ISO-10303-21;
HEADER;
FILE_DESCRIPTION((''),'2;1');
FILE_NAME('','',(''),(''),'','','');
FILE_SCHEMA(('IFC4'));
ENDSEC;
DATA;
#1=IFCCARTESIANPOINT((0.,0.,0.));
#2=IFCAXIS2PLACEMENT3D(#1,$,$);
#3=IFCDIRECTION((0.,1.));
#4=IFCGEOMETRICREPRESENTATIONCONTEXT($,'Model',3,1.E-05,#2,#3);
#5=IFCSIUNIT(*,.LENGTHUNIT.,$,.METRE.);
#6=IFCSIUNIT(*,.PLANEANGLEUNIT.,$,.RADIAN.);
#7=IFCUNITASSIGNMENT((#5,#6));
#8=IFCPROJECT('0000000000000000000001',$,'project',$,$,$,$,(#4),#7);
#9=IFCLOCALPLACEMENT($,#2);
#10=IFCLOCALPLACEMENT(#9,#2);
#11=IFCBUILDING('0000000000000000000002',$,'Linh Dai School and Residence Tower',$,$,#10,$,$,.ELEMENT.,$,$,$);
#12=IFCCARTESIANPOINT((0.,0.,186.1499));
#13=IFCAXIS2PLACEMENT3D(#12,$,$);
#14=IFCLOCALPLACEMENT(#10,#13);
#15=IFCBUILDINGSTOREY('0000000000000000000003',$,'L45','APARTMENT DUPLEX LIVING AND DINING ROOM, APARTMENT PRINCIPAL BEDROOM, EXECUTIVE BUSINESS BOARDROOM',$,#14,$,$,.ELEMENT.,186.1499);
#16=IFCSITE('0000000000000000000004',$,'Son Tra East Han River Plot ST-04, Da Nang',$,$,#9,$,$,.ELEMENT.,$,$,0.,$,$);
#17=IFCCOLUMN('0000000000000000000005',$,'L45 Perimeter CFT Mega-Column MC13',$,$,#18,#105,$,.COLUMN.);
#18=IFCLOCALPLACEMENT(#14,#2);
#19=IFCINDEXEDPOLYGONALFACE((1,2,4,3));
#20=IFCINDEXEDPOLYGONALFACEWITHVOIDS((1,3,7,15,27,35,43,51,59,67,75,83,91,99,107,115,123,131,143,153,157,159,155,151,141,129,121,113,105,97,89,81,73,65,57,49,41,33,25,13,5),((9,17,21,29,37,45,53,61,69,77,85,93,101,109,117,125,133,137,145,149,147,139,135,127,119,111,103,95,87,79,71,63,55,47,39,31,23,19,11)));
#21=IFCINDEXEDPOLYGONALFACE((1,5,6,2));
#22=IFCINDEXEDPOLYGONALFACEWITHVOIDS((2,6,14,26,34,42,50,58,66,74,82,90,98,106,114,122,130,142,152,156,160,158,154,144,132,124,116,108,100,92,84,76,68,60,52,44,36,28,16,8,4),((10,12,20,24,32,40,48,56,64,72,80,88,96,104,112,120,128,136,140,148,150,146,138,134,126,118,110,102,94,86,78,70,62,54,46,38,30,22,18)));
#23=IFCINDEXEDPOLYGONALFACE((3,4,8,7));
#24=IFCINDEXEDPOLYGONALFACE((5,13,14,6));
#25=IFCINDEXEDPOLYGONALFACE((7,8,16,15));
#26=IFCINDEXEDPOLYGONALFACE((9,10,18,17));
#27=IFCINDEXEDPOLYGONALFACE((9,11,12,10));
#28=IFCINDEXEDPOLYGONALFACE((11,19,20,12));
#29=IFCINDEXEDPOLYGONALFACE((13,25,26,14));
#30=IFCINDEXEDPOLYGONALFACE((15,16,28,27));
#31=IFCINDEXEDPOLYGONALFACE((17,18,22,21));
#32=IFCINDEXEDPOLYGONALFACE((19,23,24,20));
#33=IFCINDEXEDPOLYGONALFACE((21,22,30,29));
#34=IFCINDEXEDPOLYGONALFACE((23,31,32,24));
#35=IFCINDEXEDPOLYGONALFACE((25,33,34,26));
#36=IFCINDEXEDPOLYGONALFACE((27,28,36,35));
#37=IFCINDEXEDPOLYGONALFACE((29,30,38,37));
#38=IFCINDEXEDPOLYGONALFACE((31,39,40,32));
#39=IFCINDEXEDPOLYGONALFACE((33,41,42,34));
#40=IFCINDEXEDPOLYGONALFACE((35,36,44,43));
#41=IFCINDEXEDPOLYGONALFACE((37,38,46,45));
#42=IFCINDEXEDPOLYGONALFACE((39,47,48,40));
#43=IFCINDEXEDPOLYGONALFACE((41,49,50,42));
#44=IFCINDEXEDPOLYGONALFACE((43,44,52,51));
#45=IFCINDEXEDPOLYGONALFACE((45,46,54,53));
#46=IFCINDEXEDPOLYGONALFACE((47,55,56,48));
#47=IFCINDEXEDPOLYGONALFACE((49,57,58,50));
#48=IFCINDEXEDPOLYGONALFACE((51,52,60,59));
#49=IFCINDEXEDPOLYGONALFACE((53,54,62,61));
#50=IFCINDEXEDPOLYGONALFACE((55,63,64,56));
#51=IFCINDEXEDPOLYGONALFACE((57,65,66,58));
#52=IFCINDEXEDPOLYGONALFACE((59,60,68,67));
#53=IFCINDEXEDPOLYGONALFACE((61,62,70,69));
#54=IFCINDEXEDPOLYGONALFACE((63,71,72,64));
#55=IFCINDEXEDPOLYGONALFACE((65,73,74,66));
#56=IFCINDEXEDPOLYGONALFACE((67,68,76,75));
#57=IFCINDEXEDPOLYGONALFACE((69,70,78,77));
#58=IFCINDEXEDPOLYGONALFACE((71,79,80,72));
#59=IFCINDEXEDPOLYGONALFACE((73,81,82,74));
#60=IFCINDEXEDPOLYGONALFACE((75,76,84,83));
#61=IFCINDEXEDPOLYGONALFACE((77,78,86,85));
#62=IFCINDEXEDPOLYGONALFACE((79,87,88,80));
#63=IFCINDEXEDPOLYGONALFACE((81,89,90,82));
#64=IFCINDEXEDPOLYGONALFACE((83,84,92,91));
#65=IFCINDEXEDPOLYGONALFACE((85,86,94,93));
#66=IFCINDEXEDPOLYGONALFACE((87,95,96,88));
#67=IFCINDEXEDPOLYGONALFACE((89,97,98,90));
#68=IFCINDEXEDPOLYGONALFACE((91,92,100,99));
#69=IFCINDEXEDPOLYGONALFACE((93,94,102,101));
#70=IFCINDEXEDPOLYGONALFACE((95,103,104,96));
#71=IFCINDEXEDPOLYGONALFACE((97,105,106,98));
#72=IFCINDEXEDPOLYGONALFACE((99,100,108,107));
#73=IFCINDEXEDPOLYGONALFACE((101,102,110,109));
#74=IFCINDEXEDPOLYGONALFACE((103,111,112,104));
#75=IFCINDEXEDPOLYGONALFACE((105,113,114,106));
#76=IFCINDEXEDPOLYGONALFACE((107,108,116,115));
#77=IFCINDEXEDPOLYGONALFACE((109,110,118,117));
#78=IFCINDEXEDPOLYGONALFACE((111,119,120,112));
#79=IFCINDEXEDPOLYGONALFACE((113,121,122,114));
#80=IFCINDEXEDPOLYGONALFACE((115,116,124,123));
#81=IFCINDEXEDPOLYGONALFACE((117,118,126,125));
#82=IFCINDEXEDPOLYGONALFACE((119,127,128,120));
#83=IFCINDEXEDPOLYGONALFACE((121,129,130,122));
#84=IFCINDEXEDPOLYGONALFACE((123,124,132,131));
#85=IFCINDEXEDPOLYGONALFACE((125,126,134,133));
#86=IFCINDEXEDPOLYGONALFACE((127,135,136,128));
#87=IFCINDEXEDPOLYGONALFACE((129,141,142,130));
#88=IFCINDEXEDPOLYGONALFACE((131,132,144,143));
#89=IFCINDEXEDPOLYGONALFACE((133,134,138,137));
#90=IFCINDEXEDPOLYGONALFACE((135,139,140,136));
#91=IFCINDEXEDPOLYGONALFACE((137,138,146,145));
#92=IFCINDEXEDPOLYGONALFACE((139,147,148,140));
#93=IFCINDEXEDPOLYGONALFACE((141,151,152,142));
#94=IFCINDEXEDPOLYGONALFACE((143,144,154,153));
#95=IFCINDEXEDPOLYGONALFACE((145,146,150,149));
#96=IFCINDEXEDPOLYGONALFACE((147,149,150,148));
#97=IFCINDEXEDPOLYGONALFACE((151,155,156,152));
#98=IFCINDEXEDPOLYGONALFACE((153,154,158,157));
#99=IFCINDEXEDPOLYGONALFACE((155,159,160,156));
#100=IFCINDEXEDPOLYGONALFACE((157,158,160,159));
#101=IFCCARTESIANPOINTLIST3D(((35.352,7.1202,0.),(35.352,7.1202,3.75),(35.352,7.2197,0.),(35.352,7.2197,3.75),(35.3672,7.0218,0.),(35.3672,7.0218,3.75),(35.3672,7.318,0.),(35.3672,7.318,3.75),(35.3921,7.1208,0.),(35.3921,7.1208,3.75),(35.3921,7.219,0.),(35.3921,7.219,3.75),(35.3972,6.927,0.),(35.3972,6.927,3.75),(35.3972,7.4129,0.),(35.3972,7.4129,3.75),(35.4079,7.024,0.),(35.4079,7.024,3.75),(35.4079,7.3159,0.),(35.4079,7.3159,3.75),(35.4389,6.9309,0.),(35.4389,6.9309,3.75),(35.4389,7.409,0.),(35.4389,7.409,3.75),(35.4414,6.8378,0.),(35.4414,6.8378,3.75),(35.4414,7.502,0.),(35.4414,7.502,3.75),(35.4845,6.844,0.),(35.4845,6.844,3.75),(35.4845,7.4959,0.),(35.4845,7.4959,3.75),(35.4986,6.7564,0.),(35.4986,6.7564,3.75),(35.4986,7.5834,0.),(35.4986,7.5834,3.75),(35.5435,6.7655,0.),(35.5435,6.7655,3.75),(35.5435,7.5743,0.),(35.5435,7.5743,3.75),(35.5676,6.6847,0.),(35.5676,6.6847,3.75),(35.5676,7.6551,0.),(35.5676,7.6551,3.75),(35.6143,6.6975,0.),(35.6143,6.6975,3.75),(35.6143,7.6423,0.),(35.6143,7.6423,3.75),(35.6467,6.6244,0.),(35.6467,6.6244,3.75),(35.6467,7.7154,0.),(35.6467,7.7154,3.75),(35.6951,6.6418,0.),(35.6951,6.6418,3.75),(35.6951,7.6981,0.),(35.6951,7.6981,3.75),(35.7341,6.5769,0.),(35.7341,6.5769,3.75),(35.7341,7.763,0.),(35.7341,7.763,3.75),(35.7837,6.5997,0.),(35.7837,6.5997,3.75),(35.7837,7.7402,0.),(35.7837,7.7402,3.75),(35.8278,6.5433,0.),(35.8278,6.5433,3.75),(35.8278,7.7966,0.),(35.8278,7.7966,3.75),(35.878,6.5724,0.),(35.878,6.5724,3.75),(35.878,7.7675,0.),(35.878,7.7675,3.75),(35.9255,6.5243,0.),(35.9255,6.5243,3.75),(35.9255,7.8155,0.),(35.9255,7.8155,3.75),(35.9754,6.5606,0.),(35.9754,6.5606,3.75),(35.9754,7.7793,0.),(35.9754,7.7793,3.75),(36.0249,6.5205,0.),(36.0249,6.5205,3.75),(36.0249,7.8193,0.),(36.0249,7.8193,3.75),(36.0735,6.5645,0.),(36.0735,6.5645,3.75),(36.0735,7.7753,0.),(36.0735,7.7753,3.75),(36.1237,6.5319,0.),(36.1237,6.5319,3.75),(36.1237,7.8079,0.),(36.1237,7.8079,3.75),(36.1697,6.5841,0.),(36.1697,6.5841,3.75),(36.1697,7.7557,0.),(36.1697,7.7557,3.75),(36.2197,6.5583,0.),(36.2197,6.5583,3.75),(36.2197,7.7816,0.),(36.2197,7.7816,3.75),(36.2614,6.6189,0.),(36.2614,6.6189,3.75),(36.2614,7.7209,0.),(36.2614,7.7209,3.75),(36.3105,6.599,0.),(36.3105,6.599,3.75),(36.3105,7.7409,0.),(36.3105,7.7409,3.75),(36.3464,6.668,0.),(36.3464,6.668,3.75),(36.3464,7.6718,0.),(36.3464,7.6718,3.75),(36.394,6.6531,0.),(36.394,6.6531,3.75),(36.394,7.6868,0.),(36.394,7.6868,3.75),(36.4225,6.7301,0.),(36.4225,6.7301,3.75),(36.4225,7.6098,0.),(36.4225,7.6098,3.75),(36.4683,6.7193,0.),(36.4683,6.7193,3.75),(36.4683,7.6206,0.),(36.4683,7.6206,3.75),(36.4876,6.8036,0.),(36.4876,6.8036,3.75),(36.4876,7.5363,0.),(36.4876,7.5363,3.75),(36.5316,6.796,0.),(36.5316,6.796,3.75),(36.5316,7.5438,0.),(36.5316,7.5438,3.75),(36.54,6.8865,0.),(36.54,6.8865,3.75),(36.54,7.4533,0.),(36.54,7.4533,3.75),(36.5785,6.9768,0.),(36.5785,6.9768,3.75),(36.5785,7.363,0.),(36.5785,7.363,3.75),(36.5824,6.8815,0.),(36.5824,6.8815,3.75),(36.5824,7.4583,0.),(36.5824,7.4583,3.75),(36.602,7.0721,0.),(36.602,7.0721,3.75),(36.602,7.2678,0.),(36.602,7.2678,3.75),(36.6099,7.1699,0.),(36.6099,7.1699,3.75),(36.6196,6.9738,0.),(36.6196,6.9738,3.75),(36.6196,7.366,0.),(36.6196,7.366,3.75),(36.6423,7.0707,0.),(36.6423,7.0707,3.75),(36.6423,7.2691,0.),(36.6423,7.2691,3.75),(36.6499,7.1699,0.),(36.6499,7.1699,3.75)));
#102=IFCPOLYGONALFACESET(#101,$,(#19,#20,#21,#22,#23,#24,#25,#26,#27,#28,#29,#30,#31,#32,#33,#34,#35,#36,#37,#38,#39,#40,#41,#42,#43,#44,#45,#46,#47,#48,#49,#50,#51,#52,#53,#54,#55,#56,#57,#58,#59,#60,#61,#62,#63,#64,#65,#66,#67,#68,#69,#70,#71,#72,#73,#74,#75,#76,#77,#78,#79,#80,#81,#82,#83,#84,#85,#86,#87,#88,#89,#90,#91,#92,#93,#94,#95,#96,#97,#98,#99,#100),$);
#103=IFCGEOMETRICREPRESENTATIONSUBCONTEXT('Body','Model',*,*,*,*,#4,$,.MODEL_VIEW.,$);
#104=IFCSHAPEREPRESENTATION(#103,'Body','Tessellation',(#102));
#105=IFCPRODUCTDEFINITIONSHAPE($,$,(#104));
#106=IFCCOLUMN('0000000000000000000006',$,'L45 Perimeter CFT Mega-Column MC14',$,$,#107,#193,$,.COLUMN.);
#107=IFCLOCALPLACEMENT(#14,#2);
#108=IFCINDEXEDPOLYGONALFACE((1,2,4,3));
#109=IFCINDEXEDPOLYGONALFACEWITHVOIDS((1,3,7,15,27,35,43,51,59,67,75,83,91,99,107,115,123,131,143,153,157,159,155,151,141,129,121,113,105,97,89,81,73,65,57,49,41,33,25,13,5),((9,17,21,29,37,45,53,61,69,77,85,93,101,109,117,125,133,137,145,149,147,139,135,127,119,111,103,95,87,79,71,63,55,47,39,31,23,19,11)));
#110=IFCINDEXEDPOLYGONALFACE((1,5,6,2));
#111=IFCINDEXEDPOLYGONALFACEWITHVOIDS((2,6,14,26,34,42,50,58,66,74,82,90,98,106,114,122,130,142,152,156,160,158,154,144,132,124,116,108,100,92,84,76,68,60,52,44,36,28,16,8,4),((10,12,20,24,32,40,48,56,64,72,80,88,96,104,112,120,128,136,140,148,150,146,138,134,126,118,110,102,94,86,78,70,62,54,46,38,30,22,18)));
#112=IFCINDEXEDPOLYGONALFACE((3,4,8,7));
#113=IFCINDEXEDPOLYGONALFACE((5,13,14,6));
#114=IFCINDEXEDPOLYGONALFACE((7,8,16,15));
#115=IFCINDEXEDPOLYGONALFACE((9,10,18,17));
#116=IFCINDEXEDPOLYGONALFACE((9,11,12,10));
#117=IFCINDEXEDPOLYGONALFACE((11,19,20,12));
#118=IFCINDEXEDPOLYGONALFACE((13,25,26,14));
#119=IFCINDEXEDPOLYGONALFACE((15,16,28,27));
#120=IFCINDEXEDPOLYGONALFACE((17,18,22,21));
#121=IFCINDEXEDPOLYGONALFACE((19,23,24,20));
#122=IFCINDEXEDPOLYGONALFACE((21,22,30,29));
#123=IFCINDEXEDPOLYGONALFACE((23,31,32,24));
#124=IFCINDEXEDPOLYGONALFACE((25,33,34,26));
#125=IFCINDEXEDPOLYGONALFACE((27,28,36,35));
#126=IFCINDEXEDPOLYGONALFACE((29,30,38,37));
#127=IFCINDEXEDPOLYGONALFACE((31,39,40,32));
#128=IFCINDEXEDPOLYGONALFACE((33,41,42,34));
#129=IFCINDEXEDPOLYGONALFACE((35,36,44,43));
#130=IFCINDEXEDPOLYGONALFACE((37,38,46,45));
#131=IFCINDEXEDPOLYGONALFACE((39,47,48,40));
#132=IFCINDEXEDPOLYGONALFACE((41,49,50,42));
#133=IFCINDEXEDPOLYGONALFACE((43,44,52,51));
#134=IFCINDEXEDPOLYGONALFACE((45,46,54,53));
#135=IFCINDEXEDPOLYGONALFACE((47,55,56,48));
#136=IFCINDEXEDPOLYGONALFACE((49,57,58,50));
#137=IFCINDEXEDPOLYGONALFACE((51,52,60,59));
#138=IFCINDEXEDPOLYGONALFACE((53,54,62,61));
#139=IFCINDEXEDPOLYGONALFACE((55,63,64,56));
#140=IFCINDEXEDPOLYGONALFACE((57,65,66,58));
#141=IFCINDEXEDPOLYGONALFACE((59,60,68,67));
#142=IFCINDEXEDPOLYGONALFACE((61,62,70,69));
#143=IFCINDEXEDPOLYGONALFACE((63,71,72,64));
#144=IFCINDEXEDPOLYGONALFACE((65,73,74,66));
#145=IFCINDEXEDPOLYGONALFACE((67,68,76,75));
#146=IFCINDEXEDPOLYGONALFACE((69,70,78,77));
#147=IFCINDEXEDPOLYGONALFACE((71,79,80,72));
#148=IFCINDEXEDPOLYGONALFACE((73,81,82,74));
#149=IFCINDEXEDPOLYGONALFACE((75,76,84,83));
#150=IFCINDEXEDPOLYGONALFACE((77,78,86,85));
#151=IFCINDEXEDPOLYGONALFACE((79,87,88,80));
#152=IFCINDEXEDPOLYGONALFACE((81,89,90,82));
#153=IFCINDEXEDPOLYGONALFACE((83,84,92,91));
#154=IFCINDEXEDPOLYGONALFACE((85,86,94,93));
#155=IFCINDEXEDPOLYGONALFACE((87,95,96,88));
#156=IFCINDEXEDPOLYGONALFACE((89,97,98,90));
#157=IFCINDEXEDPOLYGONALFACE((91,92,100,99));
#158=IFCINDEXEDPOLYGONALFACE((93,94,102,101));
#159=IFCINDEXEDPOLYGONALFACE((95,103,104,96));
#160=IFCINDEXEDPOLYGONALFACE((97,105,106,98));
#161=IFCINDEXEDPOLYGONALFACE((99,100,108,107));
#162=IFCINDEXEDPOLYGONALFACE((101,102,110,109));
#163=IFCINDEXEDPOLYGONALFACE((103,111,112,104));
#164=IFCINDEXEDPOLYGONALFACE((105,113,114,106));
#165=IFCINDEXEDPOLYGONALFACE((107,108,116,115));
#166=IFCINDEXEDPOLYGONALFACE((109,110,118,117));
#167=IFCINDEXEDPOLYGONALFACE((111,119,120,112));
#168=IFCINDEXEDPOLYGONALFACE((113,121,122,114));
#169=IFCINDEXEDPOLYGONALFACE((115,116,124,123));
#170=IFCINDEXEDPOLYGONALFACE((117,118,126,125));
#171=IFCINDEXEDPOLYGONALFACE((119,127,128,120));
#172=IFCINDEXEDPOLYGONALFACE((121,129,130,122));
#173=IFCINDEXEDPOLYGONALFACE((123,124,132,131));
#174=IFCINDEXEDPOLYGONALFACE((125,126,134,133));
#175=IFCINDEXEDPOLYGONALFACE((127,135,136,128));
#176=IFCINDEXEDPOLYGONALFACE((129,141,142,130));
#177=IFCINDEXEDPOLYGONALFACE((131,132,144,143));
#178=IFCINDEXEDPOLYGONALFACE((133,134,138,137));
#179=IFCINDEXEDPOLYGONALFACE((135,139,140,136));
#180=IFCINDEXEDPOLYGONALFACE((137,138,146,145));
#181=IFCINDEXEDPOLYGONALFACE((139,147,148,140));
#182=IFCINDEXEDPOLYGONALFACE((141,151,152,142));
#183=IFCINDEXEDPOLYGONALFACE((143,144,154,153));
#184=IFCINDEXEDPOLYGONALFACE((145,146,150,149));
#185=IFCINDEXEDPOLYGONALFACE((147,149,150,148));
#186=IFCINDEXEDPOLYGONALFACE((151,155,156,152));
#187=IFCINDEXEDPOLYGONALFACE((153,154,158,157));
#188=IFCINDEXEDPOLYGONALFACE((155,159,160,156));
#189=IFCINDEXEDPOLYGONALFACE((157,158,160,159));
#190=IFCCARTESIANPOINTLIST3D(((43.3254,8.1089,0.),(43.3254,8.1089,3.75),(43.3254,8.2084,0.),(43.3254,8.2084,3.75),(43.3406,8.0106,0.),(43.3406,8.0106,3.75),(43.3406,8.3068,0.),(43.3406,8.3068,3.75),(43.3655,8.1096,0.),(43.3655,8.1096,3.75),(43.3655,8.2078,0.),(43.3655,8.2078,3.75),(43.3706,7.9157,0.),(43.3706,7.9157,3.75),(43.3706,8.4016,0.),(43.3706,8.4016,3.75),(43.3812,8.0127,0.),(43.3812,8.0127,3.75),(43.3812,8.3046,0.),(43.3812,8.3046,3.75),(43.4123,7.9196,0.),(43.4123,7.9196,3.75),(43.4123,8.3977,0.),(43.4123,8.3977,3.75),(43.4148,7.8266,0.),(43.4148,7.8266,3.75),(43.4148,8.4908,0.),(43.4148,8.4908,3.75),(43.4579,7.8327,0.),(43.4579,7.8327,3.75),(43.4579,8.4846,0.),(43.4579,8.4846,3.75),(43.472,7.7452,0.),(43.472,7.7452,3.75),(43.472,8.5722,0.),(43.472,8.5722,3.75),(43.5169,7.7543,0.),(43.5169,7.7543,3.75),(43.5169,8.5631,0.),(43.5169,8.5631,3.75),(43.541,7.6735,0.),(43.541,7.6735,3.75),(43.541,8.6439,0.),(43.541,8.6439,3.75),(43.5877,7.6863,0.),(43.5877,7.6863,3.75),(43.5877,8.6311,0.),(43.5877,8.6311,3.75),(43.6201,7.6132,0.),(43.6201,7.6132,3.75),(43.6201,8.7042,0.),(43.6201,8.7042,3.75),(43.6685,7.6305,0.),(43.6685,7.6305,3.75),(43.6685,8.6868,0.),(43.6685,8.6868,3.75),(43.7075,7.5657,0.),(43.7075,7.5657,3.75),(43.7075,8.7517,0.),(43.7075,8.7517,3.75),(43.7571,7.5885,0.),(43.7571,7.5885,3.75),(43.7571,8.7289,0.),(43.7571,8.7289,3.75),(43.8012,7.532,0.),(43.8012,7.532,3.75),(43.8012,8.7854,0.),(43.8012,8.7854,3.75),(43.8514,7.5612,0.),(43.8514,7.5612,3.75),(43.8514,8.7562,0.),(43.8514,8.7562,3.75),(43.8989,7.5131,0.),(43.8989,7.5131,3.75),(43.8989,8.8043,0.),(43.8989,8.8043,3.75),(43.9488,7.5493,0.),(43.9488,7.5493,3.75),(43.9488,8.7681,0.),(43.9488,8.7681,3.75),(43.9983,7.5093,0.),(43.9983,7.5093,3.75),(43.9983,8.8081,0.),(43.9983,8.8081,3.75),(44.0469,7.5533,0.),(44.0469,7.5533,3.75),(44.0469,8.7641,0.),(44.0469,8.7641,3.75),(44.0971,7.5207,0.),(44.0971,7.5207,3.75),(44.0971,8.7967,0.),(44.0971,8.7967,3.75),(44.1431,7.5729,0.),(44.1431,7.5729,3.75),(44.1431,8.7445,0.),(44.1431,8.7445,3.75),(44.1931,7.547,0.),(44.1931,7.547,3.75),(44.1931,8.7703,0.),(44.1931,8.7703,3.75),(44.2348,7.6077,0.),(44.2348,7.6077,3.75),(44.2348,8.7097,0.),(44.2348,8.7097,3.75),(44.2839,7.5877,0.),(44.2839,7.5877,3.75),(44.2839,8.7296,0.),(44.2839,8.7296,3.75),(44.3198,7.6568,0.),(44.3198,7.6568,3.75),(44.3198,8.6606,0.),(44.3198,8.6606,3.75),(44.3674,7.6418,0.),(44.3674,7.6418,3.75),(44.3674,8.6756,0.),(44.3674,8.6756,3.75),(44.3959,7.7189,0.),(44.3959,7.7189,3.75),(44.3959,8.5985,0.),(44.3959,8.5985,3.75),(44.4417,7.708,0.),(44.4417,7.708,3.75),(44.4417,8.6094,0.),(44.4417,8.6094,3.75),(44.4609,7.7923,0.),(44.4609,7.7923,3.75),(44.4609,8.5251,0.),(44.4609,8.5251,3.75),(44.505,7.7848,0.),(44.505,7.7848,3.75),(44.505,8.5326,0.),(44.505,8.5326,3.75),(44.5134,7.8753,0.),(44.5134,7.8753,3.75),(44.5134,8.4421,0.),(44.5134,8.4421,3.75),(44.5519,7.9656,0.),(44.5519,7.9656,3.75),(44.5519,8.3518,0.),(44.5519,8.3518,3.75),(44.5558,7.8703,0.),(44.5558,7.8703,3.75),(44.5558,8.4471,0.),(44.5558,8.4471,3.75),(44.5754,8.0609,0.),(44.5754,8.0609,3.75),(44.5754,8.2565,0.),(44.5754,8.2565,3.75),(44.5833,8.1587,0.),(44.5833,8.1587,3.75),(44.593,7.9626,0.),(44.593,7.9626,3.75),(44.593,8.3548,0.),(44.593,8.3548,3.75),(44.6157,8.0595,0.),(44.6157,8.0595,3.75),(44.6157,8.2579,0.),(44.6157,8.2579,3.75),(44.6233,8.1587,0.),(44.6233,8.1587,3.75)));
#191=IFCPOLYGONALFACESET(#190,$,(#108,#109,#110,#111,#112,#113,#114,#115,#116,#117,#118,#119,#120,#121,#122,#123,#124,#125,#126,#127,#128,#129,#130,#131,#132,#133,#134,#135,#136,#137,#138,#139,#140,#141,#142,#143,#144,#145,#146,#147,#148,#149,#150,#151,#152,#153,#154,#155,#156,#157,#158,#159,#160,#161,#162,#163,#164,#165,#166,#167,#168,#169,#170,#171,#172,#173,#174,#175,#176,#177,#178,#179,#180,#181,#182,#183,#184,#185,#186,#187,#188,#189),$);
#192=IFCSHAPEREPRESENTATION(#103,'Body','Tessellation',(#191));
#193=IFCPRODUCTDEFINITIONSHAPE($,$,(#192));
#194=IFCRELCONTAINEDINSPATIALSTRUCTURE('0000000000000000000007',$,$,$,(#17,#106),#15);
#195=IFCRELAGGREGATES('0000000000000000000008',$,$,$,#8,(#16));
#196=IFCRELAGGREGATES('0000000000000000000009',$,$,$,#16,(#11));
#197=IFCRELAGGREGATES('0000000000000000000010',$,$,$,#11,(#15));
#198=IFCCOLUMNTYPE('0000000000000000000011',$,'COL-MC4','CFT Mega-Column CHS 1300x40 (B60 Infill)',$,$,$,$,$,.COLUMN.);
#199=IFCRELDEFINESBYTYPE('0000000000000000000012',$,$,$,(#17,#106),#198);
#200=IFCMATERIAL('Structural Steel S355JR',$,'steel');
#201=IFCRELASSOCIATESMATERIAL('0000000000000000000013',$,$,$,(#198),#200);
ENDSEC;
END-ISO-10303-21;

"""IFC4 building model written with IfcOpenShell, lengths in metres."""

from ifc_helpers import new_model, si_unit, direction, frame, origin, origin_2d, place, context, subcontext, project, spatial, hollow_circle, extrude, material, material_profile, profile_set, type_object, element, save


model = new_model("IFC4")

# Units and contexts
model_context = context("Model", 3, precision=1e-05, world=origin(), true_north=direction((0.0, 1.0)))
body_context = subcontext(model_context, "Body", "Model", "MODEL_VIEW")
ifc_project = project(units=[si_unit("LENGTHUNIT", "METRE"), si_unit("PLANEANGLEUNIT", "RADIAN")], contexts=[model_context])

# Site, building, storey
site_placement = place(None, origin())
site = spatial("IfcSite", under=ifc_project, at=site_placement, Name="Son Tra East Han River Plot ST-04, Da Nang", CompositionType="ELEMENT", RefElevation=0.0)
building_placement = place(site_placement, origin())
building = spatial("IfcBuilding", under=site, at=building_placement, Name="Linh Dai School and Residence Tower", CompositionType="ELEMENT")
storey_placement = place(building_placement, frame((0.0, 0.0, 186.1499)))
storey = spatial("IfcBuildingStorey", under=building, at=storey_placement, Name="L45", Description="APARTMENT DUPLEX LIVING AND DINING ROOM, APARTMENT PRINCIPAL BEDROOM, EXECUTIVE BUSINESS BOARDROOM", CompositionType="ELEMENT", Elevation=186.1499)

# Columns
ifc_material_1 = material(Name="Structural Steel S355JR", Category="steel")
ifc_material_profile_1 = material_profile(ifc_material_1, hollow_circle(Radius=0.6499, WallThickness=0.04, at=origin_2d()), Name="CHS 1300x40")
ifc_profile_set_1 = profile_set([ifc_material_profile_1], Name="Structural Steel S355JR")
column_type = type_object("IfcColumnType", Name="COL-MC4", Description="CFT Mega-Column CHS 1300x40 (B60 Infill)", PredefinedType="COLUMN", material=ifc_profile_set_1)
for number, where, z_axis, x_axis, name in (
    (1, (36.0, 7.1699, 0.0), (0.0, 0.0, 1.0), (1.0, 0.0, 0.0), "L45 Perimeter CFT Mega-Column MC13"),
    (2, (43.9734, 8.1587, 0.0), (0.0, 0.0, 1.0), (1.0, 0.0, 0.0), "L45 Perimeter CFT Mega-Column MC14"),
):
    element("IfcColumn", number, at=place(storey_placement, frame(where, z_axis=z_axis, x_axis=x_axis)), inside=storey, type_object=column_type, Name=name, PredefinedType="COLUMN", context=body_context, shape_type="SweptSolid", body=[
        extrude(hollow_circle(Radius=0.6499, WallThickness=0.04, at=origin_2d()), origin(), (0.0, 0.0, 1.0), 3.75),
    ])

save(model, "model.ifc")
